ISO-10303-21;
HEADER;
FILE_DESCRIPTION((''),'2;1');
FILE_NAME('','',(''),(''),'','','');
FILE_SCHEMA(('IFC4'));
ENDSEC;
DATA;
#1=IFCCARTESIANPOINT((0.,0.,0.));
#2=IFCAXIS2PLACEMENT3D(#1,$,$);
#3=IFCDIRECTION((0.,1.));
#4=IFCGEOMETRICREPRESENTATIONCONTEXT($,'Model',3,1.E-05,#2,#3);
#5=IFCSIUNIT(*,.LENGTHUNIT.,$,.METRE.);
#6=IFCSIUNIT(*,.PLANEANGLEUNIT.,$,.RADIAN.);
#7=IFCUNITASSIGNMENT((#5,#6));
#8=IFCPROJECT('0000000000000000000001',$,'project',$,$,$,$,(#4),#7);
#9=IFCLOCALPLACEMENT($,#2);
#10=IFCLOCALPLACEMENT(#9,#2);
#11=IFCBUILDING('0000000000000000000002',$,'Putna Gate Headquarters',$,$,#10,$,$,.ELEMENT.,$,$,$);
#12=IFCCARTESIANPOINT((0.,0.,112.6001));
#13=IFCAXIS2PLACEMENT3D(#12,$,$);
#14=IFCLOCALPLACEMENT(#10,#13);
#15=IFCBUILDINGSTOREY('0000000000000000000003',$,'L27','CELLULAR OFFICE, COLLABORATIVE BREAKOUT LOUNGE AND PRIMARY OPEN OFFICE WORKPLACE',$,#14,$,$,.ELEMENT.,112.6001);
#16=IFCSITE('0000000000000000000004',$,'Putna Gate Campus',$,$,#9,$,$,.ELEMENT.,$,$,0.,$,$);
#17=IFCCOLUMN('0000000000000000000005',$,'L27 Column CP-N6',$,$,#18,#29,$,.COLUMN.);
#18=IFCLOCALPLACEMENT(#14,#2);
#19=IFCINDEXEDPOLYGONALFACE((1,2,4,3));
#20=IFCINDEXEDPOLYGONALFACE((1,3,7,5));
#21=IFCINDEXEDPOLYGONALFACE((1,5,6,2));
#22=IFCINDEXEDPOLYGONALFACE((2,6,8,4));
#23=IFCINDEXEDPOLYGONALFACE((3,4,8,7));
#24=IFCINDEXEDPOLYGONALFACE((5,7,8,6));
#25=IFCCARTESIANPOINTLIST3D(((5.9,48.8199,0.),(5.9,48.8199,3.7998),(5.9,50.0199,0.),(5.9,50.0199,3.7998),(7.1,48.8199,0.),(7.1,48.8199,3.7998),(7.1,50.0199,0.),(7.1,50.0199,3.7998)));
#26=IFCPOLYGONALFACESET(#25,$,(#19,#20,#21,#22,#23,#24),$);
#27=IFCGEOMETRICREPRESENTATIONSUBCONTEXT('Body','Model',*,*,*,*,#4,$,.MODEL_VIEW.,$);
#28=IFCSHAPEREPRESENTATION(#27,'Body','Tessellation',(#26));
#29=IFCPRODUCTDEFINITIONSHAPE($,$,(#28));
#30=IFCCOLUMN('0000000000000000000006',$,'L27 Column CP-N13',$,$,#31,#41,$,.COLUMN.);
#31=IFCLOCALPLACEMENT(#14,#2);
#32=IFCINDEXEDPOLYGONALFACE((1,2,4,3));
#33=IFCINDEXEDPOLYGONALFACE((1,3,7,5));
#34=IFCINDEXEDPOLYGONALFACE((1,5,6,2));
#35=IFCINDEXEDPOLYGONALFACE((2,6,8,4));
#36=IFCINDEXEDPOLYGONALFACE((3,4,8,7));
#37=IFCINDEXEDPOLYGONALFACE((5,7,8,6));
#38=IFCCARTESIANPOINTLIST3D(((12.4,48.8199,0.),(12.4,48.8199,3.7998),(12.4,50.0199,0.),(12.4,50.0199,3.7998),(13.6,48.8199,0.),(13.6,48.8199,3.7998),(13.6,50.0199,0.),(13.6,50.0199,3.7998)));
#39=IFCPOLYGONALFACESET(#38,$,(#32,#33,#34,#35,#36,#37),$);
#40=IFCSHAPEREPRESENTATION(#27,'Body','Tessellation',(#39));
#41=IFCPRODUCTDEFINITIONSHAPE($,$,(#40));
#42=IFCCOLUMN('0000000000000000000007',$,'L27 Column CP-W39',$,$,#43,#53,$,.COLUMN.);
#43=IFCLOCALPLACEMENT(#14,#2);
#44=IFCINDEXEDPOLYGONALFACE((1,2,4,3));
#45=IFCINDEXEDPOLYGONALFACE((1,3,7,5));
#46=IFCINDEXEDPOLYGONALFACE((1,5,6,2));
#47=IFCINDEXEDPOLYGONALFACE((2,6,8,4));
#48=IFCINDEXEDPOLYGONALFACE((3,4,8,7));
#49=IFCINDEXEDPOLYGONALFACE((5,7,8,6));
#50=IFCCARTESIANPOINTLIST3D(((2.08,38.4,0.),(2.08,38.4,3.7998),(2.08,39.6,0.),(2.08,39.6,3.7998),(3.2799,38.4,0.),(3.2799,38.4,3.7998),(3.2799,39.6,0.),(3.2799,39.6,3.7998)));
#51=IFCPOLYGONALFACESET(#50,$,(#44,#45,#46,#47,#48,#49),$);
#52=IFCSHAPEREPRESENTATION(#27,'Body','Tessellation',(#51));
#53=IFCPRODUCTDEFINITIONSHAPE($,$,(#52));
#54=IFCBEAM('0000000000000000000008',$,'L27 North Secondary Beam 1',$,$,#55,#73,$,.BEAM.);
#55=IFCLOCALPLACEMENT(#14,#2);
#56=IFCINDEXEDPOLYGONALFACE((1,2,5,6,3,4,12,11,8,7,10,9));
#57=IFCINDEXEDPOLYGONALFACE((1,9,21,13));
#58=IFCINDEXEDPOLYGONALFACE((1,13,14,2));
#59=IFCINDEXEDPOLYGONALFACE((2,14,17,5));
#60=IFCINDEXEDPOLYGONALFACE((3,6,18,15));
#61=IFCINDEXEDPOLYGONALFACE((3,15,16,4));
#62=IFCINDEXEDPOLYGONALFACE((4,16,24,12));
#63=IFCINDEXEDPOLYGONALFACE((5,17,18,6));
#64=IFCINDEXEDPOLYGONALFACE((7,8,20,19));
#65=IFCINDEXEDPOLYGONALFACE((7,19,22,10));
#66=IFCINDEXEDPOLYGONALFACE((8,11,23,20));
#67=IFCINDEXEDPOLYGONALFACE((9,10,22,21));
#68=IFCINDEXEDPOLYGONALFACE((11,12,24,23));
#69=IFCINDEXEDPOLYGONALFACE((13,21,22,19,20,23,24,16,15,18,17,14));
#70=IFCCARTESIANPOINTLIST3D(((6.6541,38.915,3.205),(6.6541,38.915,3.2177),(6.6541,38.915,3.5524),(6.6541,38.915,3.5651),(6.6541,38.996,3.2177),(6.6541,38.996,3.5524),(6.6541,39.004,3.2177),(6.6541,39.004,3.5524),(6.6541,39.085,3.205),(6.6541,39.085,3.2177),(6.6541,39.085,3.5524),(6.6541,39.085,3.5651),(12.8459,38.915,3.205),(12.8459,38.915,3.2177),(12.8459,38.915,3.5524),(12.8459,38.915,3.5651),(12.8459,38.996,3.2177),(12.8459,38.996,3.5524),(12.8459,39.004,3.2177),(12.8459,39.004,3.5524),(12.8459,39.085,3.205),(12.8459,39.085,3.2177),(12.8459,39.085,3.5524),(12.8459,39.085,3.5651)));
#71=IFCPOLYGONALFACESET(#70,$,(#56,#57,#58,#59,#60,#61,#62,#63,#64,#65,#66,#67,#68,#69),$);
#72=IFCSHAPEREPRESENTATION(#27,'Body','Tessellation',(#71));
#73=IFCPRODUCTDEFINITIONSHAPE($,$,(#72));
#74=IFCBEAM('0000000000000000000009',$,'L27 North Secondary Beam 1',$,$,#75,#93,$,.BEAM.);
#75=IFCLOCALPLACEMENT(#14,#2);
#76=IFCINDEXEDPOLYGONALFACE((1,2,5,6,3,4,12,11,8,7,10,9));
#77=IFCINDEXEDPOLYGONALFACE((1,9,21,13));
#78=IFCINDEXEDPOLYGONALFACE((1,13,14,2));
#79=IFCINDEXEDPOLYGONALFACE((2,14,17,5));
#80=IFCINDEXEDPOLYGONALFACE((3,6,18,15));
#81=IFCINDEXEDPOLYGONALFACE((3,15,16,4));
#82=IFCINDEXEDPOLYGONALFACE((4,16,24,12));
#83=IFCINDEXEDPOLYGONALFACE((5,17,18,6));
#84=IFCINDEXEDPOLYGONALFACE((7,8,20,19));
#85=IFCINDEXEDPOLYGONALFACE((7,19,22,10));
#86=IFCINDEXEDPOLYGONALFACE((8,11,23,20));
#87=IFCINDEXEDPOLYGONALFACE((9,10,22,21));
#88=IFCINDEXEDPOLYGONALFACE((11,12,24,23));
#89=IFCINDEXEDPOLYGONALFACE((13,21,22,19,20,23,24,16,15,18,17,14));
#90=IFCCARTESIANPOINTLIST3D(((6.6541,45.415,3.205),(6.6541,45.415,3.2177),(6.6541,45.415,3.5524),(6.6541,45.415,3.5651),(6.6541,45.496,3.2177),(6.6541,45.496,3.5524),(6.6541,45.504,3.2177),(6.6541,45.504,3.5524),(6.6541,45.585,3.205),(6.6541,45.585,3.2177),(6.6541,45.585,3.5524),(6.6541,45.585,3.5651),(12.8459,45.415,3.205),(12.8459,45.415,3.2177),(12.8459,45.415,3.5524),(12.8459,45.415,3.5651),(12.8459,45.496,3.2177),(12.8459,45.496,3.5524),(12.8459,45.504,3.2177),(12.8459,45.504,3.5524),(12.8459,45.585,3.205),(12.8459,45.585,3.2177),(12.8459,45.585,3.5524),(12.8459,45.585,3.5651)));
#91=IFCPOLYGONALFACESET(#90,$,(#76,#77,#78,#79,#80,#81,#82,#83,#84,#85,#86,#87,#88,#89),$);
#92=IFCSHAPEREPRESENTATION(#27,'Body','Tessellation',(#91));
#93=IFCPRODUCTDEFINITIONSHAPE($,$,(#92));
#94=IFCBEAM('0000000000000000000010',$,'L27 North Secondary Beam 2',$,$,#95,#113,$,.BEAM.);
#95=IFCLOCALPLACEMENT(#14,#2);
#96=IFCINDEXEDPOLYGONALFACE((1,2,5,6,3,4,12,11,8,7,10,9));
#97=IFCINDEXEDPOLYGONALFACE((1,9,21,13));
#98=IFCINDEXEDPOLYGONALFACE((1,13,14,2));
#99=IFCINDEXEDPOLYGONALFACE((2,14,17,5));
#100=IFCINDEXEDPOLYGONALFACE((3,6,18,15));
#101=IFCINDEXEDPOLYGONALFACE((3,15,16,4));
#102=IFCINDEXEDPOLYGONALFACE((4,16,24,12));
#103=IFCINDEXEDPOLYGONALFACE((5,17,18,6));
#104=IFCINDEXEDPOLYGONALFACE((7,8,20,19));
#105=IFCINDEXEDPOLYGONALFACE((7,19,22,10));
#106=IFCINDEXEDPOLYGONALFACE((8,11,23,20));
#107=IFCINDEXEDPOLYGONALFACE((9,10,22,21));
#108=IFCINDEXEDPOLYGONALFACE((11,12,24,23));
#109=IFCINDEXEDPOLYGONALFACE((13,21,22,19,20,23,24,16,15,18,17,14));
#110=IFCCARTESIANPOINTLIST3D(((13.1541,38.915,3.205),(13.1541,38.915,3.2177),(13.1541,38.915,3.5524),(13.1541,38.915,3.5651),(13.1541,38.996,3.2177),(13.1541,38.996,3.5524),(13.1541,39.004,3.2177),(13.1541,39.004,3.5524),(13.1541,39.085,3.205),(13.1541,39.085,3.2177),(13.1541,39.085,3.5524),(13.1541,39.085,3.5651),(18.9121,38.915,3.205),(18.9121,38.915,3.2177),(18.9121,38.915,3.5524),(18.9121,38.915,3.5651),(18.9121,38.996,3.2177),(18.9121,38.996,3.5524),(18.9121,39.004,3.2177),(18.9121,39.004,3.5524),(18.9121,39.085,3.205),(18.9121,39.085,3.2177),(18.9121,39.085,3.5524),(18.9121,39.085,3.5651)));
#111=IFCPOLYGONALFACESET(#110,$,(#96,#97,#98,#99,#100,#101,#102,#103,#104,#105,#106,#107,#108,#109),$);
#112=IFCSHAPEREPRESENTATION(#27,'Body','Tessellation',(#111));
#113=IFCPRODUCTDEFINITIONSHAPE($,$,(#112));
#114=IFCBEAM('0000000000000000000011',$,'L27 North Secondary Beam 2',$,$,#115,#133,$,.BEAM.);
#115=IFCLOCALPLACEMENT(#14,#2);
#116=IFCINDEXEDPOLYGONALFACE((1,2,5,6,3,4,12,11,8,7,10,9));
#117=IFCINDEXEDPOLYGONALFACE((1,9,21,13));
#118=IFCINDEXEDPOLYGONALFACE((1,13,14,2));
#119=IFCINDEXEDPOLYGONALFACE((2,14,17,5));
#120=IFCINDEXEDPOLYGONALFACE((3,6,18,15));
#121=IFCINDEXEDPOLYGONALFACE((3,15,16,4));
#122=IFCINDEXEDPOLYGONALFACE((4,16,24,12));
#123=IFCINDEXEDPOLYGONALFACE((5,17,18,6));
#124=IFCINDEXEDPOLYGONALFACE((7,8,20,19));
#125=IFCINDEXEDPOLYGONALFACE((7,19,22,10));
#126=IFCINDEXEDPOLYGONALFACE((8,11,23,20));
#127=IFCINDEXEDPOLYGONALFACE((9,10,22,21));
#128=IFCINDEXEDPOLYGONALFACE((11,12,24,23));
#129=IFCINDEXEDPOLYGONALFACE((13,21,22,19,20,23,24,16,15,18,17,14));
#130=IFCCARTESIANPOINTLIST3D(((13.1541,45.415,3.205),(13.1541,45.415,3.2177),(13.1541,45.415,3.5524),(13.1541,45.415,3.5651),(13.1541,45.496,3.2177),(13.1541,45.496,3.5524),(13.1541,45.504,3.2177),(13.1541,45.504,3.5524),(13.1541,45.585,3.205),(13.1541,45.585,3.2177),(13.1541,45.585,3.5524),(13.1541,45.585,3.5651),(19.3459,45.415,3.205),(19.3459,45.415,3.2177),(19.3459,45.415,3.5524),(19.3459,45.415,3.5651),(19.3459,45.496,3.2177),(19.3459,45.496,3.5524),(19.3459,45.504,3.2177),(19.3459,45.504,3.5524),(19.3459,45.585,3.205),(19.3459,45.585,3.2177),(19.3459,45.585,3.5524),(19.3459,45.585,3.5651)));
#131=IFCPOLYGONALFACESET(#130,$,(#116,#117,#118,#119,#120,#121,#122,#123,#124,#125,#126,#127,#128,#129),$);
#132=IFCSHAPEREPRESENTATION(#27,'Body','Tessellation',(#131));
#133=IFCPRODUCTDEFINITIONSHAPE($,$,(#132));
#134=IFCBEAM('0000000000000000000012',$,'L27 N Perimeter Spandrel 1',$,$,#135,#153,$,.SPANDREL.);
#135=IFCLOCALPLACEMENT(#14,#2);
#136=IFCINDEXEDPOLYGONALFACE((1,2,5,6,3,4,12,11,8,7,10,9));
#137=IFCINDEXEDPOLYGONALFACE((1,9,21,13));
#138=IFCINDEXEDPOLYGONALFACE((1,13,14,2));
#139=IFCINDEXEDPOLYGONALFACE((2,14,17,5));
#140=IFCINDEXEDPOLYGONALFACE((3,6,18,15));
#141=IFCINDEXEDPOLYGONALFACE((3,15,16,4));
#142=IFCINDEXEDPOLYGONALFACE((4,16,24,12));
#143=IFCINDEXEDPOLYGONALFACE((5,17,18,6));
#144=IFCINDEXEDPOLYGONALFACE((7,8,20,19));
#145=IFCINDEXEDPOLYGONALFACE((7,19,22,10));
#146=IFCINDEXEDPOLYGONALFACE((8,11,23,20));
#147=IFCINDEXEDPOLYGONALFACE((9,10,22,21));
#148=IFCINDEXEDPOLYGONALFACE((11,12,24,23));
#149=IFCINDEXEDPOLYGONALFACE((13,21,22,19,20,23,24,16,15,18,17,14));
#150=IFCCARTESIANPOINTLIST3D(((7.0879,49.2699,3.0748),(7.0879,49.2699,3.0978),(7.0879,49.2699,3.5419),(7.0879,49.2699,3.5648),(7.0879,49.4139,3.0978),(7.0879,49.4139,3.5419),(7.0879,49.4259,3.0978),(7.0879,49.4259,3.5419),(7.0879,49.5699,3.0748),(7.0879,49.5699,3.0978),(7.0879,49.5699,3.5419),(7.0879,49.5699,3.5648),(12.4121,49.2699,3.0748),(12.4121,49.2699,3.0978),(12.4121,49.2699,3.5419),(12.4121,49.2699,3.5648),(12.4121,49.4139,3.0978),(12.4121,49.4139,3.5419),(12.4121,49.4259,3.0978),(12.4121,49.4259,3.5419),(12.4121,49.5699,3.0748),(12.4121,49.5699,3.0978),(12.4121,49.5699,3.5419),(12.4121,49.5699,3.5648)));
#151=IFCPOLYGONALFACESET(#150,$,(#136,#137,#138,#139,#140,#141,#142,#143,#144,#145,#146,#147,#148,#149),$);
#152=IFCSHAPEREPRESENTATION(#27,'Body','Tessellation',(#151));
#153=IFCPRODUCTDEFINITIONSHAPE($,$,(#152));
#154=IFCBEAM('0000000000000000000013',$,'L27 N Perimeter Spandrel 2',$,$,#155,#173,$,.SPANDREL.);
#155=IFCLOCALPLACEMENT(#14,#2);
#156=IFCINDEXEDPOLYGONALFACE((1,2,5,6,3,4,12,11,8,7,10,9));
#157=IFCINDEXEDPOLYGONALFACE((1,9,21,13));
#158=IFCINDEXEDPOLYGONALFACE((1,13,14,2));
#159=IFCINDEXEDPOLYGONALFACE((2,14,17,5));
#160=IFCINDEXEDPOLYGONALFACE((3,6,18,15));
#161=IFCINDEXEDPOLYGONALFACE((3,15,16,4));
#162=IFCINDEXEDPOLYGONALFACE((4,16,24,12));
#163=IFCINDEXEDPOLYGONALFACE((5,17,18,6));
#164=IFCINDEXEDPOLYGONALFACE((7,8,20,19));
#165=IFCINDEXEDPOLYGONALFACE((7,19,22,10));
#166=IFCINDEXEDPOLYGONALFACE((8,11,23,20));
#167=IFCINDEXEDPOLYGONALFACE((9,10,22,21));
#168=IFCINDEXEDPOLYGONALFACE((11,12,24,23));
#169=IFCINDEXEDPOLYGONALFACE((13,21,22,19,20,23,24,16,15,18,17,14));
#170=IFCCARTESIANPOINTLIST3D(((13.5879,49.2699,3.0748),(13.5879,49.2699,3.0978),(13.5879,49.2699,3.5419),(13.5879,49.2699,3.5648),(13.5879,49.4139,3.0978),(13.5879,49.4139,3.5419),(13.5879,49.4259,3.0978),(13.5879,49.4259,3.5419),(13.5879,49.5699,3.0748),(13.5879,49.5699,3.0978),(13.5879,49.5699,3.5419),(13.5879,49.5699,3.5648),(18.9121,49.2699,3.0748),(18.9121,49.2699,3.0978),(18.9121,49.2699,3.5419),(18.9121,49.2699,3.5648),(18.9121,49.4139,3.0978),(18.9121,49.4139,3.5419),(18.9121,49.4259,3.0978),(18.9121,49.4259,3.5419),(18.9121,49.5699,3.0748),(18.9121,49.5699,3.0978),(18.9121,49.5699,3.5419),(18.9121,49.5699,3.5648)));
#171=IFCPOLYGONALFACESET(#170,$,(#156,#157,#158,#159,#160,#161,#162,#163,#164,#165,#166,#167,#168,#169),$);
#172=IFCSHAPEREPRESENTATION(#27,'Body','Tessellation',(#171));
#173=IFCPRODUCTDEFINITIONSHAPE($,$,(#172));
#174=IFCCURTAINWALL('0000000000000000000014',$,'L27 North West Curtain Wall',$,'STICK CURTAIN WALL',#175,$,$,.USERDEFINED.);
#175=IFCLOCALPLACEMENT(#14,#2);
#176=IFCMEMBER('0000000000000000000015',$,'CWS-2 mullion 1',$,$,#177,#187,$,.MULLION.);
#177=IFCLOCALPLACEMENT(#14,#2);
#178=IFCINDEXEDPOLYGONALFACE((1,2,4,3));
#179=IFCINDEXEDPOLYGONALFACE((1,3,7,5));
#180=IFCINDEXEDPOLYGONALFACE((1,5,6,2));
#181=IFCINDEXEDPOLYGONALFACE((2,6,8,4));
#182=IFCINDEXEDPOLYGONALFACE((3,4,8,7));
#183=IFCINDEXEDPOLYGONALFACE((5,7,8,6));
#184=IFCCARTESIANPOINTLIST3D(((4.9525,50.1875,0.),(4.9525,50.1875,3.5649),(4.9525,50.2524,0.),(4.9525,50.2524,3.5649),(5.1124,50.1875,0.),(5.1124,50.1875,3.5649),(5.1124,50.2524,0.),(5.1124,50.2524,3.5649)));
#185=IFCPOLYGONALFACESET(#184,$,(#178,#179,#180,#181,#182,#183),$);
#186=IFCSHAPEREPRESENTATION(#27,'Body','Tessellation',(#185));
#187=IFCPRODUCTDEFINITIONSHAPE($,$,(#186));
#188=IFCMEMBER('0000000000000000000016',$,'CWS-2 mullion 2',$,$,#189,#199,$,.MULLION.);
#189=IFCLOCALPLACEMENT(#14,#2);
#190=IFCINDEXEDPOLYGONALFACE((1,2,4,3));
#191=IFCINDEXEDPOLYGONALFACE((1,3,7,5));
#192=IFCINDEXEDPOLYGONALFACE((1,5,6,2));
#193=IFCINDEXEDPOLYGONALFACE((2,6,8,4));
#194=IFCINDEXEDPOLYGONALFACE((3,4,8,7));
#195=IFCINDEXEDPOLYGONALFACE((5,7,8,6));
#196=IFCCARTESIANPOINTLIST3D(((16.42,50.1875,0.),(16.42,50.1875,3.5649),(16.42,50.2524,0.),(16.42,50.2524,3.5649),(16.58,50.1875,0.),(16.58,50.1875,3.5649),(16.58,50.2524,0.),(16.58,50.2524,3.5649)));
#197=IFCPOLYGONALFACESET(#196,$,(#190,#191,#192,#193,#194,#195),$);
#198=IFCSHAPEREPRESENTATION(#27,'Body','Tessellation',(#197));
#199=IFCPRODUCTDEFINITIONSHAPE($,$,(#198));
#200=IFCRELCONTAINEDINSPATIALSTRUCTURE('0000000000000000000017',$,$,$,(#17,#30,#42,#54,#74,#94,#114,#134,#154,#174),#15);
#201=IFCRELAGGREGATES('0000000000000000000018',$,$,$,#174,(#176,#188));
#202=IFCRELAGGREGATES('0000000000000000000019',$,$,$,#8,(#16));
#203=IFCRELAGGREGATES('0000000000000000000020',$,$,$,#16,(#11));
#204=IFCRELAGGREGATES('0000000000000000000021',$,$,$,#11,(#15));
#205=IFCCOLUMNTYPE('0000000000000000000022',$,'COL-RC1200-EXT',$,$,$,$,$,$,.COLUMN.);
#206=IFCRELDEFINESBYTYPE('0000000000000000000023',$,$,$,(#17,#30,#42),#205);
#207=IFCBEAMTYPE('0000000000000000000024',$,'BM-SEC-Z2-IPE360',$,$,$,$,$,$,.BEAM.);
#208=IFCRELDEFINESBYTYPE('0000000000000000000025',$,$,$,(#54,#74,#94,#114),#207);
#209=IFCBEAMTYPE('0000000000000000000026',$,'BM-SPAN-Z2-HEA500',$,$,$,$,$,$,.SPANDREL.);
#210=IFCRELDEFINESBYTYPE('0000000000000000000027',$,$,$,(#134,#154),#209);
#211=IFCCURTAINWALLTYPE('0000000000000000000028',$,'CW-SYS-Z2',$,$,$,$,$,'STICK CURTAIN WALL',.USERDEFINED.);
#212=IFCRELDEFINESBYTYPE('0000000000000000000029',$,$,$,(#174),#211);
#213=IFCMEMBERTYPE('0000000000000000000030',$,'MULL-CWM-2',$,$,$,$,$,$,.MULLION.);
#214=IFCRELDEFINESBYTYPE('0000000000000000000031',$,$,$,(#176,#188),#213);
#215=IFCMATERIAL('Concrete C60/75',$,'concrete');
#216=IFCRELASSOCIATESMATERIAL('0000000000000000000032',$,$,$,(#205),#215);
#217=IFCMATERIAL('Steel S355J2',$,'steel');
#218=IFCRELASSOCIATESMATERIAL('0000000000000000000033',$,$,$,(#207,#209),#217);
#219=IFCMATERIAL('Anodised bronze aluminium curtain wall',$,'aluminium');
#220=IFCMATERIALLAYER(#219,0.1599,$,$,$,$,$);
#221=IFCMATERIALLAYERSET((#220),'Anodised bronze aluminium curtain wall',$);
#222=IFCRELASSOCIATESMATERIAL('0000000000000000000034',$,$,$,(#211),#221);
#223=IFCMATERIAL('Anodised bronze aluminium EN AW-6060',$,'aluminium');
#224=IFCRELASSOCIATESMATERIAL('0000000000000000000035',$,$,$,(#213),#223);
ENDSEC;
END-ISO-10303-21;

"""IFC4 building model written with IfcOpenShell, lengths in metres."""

from ifc_helpers import new_model, si_unit, direction, frame, origin, origin_2d, place, context, subcontext, project, spatial, rectangle, i_section, extrude, material, layer, layer_set, material_profile, profile_set, type_object, element, aggregate, save


model = new_model("IFC4")

# Units and contexts
model_context = context("Model", 3, precision=1e-05, world=origin(), true_north=direction((0.0, 1.0)))
body_context = subcontext(model_context, "Body", "Model", "MODEL_VIEW")
ifc_project = project(units=[si_unit("LENGTHUNIT", "METRE"), si_unit("PLANEANGLEUNIT", "RADIAN")], contexts=[model_context])

# Site, building, storey
site_placement = place(None, origin())
site = spatial("IfcSite", under=ifc_project, at=site_placement, Name="Putna Gate Campus", CompositionType="ELEMENT", RefElevation=0.0)
building_placement = place(site_placement, origin())
building = spatial("IfcBuilding", under=site, at=building_placement, Name="Putna Gate Headquarters", CompositionType="ELEMENT")
storey_placement = place(building_placement, frame((0.0, 0.0, 112.6001)))
storey = spatial("IfcBuildingStorey", under=building, at=storey_placement, Name="L27", Description="CELLULAR OFFICE, COLLABORATIVE BREAKOUT LOUNGE AND PRIMARY OPEN OFFICE WORKPLACE", CompositionType="ELEMENT", Elevation=112.6001)

# Columns
ifc_material_1 = material(Name="Concrete C60/75", Category="concrete")
ifc_material_profile_1 = material_profile(ifc_material_1, rectangle(XDim=1.2, YDim=1.2, at=origin_2d()), Name="Concrete C60/75")
ifc_profile_set_1 = profile_set([ifc_material_profile_1], Name="Concrete C60/75")
column_type = type_object("IfcColumnType", Name="COL-RC1200-EXT", PredefinedType="COLUMN", material=ifc_profile_set_1)
for number, where, z_axis, x_axis, name in (
    (1, (6.5, 49.4199, 0.0), (0.0, 0.0, 1.0), (1.0, 0.0, 0.0), "L27 Column CP-N6"),
    (2, (13.0, 49.4199, 0.0), (0.0, 0.0, 1.0), (1.0, 0.0, 0.0), "L27 Column CP-N13"),
    (3, (2.6799, 39.0, 0.0), (0.0, 0.0, 1.0), (1.0, 0.0, 0.0), "L27 Column CP-W39"),
):
    element("IfcColumn", number, at=place(storey_placement, frame(where, z_axis=z_axis, x_axis=x_axis)), inside=storey, type_object=column_type, Name=name, PredefinedType="COLUMN", context=body_context, shape_type="SweptSolid", body=[
        extrude(rectangle(XDim=1.2, YDim=1.2, at=origin_2d()), origin(), (0.0, 0.0, 1.0), 3.7998),
    ])

# Beams
ifc_material_2 = material(Name="Steel S355J2", Category="steel")
ifc_material_profile_2 = material_profile(ifc_material_2, i_section(OverallWidth=0.1699, OverallDepth=0.3601, WebThickness=0.0081, FlangeThickness=0.0127, at=origin_2d()), Name="Steel S355J2")
ifc_profile_set_2 = profile_set([ifc_material_profile_2], Name="Steel S355J2")
beam_type_1 = type_object("IfcBeamType", Name="BM-SEC-Z2-IPE360", PredefinedType="BEAM", material=ifc_profile_set_2)
for number, where, z_axis, x_axis, name in (
    (4, (6.6541, 39.0, 3.385), (1.0, 0.0, 0.0), (0.0, 1.0, 0.0), "L27 North Secondary Beam 1"),
    (5, (6.6541, 45.5, 3.385), (1.0, 0.0, 0.0), (0.0, 1.0, 0.0), "L27 North Secondary Beam 1"),
):
    element("IfcBeam", number, at=place(storey_placement, frame(where, z_axis=z_axis, x_axis=x_axis)), inside=storey, type_object=beam_type_1, Name=name, PredefinedType="BEAM", context=body_context, shape_type="SweptSolid", body=[
        extrude(i_section(OverallWidth=0.1699, OverallDepth=0.3601, WebThickness=0.0081, FlangeThickness=0.0127, at=origin_2d()), origin(), (0.0, 0.0, 1.0), 6.1919),
    ])
beam_1_placement = place(storey_placement, frame((13.1541, 39.0, 3.385), z_axis=(1.0, 0.0, 0.0), x_axis=(0.0, 1.0, 0.0)))
element("IfcBeam", 6, at=beam_1_placement, inside=storey, type_object=beam_type_1, Name="L27 North Secondary Beam 2", PredefinedType="BEAM", context=body_context, shape_type="SweptSolid", body=[
    extrude(i_section(OverallWidth=0.1699, OverallDepth=0.3601, WebThickness=0.0081, FlangeThickness=0.0127, at=origin_2d()), origin(), (0.0, 0.0, 1.0), 5.7581),
])
beam_2_placement = place(storey_placement, frame((13.1541, 45.5, 3.385), z_axis=(1.0, 0.0, 0.0), x_axis=(0.0, 1.0, 0.0)))
element("IfcBeam", 7, at=beam_2_placement, inside=storey, type_object=beam_type_1, Name="L27 North Secondary Beam 2", PredefinedType="BEAM", context=body_context, shape_type="SweptSolid", body=[
    extrude(i_section(OverallWidth=0.1699, OverallDepth=0.3601, WebThickness=0.0081, FlangeThickness=0.0127, at=origin_2d()), origin(), (0.0, 0.0, 1.0), 6.1919),
])
ifc_material_profile_3 = material_profile(ifc_material_2, i_section(OverallWidth=0.3, OverallDepth=0.49, WebThickness=0.012, FlangeThickness=0.0229, at=origin_2d()), Name="Steel S355J2")
ifc_profile_set_3 = profile_set([ifc_material_profile_3], Name="Steel S355J2")
beam_type_2 = type_object("IfcBeamType", Name="BM-SPAN-Z2-HEA500", PredefinedType="SPANDREL", material=ifc_profile_set_3)
for number, where, z_axis, x_axis, name in (
    (8, (7.0879, 49.4199, 3.3198), (1.0, 0.0, 0.0), (0.0, 1.0, 0.0), "L27 N Perimeter Spandrel 1"),
    (9, (13.5879, 49.4199, 3.3198), (1.0, 0.0, 0.0), (0.0, 1.0, 0.0), "L27 N Perimeter Spandrel 2"),
):
    element("IfcBeam", number, at=place(storey_placement, frame(where, z_axis=z_axis, x_axis=x_axis)), inside=storey, type_object=beam_type_2, Name=name, PredefinedType="SPANDREL", context=body_context, shape_type="SweptSolid", body=[
        extrude(i_section(OverallWidth=0.3, OverallDepth=0.49, WebThickness=0.012, FlangeThickness=0.0229, at=origin_2d()), origin(), (0.0, 0.0, 1.0), 5.3242),
    ])

# Curtain wall, members
ifc_material_3 = material(Name="Anodised bronze aluminium curtain wall", Category="aluminium")
ifc_layer_1 = layer(ifc_material_3, 0.1599)
ifc_layer_set_1 = layer_set([ifc_layer_1], Name="Anodised bronze aluminium curtain wall")
curtain_wall_type = type_object("IfcCurtainWallType", Name="CW-SYS-Z2", ElementType="STICK CURTAIN WALL", PredefinedType="USERDEFINED", material=ifc_layer_set_1)
curtain_wall_1_placement = place(storey_placement, origin())
curtain_wall_1 = element("IfcCurtainWall", 10, at=curtain_wall_1_placement, inside=storey, type_object=curtain_wall_type, Name="L27 North West Curtain Wall", ObjectType="STICK CURTAIN WALL", PredefinedType="USERDEFINED")
ifc_material_4 = material(Name="Anodised bronze aluminium EN AW-6060", Category="aluminium")
ifc_material_profile_4 = material_profile(ifc_material_4, rectangle(XDim=0.0649, YDim=0.1599, at=origin_2d()), Name="Anodised bronze aluminium EN AW-6060")
ifc_profile_set_4 = profile_set([ifc_material_profile_4], Name="Anodised bronze aluminium EN AW-6060")
member_type_1 = type_object("IfcMemberType", Name="MULL-CWM-2", PredefinedType="MULLION", material=ifc_profile_set_4)
member_1_placement = place(storey_placement, frame((5.0325, 50.22, 0.0), z_axis=(0.0, 0.0, 1.0), x_axis=(0.0, 1.0, 0.0)))
member_1 = element("IfcMember", 11, at=member_1_placement, type_object=member_type_1, Name="CWS-2 mullion 1", PredefinedType="MULLION", context=body_context, shape_type="SweptSolid", body=[
    extrude(rectangle(XDim=0.0649, YDim=0.1599, at=origin_2d()), origin(), (0.0, 0.0, 1.0), 3.5649),
])
member_2_placement = place(storey_placement, frame((16.5, 50.22, 0.0), z_axis=(0.0, 0.0, 1.0), x_axis=(0.0, 1.0, 0.0)))
member_2 = element("IfcMember", 12, at=member_2_placement, type_object=member_type_1, Name="CWS-2 mullion 2", PredefinedType="MULLION", context=body_context, shape_type="SweptSolid", body=[
    extrude(rectangle(XDim=0.0649, YDim=0.1599, at=origin_2d()), origin(), (0.0, 0.0, 1.0), 3.5649),
])

aggregate(curtain_wall_1, [member_1, member_2])

save(model, "model.ifc")
